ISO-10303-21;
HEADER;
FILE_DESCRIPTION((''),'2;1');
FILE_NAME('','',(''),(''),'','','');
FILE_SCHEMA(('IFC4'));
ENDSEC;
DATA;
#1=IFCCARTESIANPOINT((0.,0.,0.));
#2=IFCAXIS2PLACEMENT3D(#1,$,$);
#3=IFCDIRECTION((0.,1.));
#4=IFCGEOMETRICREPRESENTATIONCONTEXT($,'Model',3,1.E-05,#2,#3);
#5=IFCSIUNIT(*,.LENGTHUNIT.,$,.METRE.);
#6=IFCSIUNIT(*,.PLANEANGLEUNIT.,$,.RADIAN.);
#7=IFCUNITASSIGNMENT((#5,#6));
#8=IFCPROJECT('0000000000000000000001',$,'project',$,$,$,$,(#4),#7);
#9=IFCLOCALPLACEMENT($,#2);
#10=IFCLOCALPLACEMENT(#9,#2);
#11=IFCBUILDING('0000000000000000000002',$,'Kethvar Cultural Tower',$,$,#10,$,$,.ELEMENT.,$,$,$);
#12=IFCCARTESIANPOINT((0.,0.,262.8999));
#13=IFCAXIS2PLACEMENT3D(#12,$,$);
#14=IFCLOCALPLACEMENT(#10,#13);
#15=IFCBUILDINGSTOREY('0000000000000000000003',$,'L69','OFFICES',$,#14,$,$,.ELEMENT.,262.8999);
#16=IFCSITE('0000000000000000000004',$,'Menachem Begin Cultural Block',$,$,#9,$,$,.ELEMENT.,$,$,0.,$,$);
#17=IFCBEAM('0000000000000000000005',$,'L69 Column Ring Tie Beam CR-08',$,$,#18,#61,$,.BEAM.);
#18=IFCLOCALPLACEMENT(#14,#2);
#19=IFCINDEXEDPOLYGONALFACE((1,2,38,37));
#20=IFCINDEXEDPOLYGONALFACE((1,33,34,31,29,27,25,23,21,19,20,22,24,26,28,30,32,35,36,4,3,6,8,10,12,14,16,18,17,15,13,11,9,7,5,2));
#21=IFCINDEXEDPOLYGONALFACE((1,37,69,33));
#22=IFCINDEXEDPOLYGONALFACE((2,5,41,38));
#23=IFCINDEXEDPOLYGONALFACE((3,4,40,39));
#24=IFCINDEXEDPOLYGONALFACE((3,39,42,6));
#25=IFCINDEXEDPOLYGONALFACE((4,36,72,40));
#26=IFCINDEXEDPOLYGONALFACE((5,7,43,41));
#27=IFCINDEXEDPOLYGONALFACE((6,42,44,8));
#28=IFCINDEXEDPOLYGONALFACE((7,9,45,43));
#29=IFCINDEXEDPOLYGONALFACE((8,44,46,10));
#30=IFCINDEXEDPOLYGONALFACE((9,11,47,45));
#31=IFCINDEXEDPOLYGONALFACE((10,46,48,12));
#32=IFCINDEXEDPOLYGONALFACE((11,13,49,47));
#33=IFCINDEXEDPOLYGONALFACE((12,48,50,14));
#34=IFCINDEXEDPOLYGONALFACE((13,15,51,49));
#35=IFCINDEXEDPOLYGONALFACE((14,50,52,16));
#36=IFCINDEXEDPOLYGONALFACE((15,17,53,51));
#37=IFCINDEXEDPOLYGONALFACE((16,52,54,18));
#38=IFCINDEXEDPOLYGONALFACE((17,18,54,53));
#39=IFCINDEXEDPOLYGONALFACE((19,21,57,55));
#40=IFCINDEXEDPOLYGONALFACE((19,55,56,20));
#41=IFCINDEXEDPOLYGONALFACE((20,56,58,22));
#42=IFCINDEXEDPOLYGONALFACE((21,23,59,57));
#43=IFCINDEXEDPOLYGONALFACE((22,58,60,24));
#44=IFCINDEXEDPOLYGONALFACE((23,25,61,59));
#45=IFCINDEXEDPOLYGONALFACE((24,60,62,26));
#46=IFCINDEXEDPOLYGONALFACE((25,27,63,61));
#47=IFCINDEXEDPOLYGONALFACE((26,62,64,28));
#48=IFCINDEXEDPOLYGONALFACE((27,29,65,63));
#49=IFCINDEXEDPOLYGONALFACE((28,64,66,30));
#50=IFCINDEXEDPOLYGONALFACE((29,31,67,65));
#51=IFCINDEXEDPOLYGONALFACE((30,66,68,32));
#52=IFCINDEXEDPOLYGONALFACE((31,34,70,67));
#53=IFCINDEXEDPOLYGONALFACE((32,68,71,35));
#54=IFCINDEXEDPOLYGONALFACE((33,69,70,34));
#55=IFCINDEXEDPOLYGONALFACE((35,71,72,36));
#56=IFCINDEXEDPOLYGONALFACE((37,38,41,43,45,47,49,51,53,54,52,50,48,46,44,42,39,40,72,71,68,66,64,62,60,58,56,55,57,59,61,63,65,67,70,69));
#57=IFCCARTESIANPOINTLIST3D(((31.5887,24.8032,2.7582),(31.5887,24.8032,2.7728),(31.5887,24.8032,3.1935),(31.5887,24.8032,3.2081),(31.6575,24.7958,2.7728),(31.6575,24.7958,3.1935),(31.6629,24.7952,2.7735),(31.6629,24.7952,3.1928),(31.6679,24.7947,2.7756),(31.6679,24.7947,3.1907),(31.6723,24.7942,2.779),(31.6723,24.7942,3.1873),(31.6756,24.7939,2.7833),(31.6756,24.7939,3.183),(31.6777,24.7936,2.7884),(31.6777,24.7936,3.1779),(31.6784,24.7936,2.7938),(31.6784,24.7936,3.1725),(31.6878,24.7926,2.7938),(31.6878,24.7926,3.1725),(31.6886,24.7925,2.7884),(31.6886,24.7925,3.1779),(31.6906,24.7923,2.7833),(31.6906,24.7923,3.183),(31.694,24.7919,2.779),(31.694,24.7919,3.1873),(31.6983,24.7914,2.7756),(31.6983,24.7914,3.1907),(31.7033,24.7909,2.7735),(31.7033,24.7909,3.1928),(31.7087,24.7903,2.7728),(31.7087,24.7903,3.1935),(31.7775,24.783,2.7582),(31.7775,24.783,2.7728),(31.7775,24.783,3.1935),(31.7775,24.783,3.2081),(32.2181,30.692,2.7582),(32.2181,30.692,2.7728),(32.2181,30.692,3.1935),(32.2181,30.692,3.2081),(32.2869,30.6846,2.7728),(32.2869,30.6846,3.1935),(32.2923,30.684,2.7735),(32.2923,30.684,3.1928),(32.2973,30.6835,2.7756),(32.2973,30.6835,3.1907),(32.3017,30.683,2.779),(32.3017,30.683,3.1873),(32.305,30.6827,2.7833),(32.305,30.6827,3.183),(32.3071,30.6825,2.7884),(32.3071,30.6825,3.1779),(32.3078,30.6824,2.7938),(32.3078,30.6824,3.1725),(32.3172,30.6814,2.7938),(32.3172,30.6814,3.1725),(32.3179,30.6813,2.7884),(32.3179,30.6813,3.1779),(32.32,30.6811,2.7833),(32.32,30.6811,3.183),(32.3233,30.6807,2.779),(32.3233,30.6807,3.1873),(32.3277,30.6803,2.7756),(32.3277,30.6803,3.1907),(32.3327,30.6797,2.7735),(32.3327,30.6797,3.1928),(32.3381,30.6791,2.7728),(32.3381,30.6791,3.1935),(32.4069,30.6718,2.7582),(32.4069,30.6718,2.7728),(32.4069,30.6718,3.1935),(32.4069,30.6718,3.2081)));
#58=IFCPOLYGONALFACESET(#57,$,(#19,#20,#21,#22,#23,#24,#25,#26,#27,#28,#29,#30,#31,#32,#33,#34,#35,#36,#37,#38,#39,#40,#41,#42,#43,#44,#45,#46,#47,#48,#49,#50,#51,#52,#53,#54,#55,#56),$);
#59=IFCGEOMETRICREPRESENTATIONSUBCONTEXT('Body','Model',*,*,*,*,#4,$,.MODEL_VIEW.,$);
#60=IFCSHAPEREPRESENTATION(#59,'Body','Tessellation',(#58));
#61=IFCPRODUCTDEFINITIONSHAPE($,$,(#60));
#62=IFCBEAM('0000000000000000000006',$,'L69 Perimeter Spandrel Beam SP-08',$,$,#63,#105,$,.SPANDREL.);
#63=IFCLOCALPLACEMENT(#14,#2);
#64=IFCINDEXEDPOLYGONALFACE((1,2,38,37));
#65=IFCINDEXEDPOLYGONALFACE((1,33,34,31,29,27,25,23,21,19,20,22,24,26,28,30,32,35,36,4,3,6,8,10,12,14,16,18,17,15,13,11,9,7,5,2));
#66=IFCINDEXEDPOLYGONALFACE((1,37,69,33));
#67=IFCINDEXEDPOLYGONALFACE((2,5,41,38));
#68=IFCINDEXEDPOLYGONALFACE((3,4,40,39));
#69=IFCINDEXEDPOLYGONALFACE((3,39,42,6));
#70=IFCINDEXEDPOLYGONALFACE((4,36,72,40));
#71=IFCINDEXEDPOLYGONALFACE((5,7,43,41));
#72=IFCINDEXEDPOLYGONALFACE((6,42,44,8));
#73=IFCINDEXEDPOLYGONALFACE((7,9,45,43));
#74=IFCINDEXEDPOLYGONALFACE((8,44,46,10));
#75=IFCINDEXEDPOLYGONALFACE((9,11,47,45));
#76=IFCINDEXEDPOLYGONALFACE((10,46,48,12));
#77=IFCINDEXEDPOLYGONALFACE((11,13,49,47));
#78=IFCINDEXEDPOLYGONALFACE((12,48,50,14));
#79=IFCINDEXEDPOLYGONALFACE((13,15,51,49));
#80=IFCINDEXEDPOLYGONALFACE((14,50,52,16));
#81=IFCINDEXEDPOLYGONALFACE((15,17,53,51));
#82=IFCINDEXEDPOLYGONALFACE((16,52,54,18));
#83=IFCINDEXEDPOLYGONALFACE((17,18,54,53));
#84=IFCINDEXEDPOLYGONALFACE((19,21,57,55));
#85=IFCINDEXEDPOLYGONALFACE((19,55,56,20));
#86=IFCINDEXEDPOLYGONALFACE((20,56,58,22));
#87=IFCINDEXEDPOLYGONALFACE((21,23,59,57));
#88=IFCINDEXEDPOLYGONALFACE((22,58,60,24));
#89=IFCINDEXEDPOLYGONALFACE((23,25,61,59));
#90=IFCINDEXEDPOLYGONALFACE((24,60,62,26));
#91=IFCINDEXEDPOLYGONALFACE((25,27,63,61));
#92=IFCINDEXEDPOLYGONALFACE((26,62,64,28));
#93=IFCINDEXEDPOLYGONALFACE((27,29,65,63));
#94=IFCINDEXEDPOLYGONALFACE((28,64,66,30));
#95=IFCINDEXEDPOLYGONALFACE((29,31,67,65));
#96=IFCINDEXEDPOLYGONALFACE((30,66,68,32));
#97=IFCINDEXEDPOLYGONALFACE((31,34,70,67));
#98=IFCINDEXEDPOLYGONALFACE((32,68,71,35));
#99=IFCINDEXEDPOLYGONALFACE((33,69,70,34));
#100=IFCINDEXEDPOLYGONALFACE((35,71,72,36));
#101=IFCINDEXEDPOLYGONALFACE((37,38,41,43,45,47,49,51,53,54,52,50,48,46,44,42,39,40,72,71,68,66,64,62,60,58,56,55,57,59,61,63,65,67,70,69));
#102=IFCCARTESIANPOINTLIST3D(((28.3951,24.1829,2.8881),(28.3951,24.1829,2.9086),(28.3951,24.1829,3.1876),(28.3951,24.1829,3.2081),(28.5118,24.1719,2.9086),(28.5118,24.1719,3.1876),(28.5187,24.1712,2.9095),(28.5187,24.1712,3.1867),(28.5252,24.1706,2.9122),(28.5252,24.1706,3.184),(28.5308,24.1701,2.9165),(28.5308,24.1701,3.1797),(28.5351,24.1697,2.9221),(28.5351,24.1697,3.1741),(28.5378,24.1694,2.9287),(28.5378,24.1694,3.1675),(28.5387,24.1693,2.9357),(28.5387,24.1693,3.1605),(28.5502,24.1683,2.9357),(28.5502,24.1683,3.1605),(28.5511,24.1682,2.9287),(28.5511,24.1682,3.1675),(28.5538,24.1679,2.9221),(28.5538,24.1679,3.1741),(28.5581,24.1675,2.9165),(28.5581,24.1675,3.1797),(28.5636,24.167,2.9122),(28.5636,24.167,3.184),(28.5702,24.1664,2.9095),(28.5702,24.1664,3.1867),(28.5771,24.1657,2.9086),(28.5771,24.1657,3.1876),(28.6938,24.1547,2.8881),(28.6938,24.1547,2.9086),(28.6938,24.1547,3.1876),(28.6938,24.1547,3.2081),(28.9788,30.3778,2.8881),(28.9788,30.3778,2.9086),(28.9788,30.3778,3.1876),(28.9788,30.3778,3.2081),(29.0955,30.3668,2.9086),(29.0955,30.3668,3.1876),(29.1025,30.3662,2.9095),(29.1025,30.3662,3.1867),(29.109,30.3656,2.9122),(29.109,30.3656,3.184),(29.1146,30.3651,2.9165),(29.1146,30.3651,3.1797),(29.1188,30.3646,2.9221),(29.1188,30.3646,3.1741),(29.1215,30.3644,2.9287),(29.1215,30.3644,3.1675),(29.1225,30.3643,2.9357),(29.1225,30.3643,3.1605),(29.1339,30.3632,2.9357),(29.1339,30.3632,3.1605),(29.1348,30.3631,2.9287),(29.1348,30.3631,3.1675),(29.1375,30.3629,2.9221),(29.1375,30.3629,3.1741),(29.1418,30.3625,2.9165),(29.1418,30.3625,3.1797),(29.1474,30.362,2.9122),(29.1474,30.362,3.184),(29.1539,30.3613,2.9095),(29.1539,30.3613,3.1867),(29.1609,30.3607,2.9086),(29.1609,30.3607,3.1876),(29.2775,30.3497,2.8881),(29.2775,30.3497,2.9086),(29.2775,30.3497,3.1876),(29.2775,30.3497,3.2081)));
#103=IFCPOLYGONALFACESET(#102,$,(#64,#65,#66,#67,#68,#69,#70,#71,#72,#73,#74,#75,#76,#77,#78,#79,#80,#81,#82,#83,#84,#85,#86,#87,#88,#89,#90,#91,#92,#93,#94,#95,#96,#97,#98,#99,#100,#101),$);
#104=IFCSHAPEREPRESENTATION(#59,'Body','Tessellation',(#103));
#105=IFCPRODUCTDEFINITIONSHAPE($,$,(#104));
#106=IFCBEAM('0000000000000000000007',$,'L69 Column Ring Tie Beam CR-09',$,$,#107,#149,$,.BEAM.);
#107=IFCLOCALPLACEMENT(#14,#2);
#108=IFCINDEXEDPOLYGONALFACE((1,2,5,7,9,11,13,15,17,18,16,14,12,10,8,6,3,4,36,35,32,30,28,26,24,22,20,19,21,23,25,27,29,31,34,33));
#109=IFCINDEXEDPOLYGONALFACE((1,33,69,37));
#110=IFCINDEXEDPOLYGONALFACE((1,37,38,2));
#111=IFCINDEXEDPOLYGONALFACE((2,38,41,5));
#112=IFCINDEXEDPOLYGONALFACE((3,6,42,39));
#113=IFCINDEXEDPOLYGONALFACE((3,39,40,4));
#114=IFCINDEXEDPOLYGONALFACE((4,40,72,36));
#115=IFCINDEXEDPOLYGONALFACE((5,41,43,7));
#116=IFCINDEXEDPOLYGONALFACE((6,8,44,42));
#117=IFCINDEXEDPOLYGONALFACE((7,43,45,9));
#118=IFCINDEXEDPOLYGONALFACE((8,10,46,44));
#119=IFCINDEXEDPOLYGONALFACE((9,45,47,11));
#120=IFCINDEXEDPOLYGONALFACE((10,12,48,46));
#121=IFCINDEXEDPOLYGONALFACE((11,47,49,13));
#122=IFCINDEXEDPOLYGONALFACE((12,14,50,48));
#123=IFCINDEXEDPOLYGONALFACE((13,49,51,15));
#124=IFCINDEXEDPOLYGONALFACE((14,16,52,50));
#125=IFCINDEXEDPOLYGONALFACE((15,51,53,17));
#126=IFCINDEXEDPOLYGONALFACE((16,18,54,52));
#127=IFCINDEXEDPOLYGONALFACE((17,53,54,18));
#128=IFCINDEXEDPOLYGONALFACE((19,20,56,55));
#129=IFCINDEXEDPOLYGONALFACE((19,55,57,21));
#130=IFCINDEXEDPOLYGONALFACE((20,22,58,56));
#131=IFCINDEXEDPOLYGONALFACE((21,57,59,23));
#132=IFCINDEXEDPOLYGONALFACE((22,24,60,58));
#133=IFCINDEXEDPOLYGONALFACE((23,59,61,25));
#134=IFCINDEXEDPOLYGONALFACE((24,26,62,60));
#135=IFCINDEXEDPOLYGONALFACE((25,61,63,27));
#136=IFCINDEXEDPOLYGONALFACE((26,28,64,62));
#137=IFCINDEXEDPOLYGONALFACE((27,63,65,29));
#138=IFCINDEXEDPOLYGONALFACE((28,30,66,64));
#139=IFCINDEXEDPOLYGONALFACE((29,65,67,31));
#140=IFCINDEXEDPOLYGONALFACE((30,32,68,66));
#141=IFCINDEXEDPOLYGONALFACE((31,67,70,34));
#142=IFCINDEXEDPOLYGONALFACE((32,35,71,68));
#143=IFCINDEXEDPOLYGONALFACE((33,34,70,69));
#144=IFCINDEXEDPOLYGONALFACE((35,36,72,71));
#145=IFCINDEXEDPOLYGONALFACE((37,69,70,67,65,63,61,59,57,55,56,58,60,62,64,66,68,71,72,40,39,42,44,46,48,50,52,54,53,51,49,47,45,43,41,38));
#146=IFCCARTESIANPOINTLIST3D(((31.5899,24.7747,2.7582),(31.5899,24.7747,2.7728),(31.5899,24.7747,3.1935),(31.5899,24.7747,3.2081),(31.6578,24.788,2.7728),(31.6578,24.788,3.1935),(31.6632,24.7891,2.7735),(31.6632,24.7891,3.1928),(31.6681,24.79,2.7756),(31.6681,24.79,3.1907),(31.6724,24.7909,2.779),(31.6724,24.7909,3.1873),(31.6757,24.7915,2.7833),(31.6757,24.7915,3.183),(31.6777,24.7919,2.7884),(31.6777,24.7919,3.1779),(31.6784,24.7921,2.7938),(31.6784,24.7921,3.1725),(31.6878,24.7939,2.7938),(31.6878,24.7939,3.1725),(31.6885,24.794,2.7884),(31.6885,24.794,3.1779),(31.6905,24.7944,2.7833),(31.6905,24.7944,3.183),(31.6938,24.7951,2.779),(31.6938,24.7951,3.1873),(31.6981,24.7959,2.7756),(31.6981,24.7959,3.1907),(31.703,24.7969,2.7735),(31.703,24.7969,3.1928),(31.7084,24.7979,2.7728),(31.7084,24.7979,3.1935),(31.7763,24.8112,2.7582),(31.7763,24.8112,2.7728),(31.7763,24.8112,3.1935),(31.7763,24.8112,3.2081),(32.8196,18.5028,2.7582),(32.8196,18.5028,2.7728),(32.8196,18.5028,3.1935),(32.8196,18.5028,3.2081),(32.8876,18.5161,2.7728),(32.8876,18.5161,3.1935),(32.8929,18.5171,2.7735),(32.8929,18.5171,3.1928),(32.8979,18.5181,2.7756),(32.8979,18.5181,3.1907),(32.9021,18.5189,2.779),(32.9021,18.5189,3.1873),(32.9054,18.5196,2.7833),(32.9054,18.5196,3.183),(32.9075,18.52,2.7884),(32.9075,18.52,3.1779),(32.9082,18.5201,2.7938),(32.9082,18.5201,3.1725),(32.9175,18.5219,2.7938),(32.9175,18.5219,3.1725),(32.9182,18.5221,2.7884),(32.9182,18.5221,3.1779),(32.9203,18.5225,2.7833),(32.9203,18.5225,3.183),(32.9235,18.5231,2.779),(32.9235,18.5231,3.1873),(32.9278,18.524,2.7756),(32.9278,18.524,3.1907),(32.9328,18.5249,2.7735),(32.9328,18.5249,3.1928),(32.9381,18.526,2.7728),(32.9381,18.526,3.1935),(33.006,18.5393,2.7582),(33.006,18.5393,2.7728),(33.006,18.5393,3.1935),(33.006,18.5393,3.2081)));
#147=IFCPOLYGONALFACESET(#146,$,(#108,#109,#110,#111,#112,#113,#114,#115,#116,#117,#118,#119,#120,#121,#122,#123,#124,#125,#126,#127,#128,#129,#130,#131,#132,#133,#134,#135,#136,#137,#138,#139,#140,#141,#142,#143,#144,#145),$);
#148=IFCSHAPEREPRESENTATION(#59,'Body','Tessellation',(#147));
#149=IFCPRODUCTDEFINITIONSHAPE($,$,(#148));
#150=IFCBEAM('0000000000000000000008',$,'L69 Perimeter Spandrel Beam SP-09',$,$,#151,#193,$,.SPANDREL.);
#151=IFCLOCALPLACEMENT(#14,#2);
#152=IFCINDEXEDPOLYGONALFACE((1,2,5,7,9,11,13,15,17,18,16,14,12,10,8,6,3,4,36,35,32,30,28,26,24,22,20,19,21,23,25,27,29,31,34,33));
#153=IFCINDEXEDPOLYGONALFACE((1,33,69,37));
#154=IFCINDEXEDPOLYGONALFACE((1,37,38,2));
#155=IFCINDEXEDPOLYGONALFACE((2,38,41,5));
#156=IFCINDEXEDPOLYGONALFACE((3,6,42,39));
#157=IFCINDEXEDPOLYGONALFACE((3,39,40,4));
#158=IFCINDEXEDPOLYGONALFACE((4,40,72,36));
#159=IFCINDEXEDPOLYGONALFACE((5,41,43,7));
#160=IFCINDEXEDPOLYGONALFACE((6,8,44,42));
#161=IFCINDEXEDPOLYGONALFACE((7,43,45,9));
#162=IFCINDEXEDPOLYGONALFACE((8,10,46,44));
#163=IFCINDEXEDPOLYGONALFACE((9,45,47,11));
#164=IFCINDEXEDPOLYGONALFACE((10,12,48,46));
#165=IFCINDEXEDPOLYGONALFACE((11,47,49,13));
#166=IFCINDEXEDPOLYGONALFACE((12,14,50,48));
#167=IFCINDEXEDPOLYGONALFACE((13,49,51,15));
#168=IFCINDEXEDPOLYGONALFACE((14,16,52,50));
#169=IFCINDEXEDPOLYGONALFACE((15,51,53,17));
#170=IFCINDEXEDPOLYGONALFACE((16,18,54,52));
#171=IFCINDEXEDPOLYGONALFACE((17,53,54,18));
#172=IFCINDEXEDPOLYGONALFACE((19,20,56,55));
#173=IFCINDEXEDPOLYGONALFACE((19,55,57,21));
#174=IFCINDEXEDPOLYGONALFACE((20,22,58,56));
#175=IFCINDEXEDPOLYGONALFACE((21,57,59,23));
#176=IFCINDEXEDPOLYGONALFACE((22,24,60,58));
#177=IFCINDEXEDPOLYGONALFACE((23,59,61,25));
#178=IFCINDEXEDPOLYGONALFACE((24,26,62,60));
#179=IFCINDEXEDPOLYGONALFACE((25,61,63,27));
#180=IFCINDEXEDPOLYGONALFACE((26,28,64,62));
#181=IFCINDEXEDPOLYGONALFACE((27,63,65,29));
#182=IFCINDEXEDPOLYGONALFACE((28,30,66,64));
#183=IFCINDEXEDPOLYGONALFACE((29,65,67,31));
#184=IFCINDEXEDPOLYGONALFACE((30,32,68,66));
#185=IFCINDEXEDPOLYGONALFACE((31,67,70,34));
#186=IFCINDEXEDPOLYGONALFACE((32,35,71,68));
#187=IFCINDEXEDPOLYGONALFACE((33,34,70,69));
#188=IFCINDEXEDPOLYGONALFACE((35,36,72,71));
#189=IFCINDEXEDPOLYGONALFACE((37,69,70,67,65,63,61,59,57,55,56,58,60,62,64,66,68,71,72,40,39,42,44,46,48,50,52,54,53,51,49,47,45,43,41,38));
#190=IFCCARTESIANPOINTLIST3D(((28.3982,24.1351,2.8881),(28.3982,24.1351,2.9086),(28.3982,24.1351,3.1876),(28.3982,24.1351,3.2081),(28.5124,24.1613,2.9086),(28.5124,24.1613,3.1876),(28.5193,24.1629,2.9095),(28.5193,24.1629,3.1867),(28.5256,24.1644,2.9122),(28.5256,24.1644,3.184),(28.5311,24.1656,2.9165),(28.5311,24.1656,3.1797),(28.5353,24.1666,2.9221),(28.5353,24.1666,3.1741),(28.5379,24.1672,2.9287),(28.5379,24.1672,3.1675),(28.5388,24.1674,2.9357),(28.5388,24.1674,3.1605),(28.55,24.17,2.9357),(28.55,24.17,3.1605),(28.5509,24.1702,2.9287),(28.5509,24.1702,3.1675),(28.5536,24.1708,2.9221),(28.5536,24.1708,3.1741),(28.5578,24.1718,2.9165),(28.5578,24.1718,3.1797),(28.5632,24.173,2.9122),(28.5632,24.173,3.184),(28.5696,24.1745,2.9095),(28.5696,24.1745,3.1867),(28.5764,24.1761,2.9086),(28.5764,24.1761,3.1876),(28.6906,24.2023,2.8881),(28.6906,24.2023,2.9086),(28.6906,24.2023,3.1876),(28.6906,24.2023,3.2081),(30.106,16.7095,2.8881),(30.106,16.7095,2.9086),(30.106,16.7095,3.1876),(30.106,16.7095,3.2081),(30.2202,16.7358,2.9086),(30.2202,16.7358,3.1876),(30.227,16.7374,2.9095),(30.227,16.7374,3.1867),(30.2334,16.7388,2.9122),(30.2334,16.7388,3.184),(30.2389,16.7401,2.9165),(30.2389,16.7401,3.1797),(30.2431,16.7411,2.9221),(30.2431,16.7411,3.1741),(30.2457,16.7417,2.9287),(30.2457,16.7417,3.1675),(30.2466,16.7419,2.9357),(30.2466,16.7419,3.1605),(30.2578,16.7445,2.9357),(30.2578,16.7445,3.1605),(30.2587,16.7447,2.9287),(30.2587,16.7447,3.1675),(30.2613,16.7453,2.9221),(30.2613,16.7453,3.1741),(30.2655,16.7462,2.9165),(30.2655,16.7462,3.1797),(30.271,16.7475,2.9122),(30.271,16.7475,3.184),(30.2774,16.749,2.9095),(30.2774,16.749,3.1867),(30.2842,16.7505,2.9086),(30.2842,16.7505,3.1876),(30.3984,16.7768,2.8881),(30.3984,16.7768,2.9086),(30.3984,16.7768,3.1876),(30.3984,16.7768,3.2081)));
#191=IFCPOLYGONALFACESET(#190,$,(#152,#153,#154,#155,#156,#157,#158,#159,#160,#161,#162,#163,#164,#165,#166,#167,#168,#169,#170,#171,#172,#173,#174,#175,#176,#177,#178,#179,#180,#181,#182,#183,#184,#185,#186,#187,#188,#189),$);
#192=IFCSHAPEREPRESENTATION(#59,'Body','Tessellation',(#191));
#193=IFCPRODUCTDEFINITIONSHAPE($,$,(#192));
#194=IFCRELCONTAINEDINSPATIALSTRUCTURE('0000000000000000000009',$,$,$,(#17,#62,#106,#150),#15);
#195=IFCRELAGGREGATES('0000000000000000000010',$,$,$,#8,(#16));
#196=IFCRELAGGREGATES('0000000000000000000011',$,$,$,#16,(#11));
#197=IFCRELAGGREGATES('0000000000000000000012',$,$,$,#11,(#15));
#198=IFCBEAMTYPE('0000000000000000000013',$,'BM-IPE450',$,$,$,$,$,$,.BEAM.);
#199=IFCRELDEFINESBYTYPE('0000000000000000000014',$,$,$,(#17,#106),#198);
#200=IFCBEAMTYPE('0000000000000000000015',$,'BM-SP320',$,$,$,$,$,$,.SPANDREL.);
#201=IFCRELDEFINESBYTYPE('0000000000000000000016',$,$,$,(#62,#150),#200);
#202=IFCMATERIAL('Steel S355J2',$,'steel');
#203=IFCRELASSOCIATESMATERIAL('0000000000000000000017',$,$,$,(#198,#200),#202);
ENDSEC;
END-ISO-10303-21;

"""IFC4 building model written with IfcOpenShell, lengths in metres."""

from ifc_helpers import new_model, si_unit, direction, frame, origin, origin_2d, place, context, subcontext, project, spatial, i_section, extrude, source, transform, mapped, material, material_profile, profile_set, type_object, element, save


model = new_model("IFC4")

# Units and contexts
model_context = context("Model", 3, precision=1e-05, world=origin(), true_north=direction((0.0, 1.0)))
body_context = subcontext(model_context, "Body", "Model", "MODEL_VIEW")
ifc_project = project(units=[si_unit("LENGTHUNIT", "METRE"), si_unit("PLANEANGLEUNIT", "RADIAN")], contexts=[model_context])

# Site, building, storey
site_placement = place(None, origin())
site = spatial("IfcSite", under=ifc_project, at=site_placement, Name="Menachem Begin Cultural Block", CompositionType="ELEMENT", RefElevation=0.0)
building_placement = place(site_placement, origin())
building = spatial("IfcBuilding", under=site, at=building_placement, Name="Kethvar Cultural Tower", CompositionType="ELEMENT")
storey_placement = place(building_placement, frame((0.0, 0.0, 262.8999)))
storey = spatial("IfcBuildingStorey", under=building, at=storey_placement, Name="L69", Description="OFFICES", CompositionType="ELEMENT", Elevation=262.8999)

# Beams
ifc_material_1 = material(Name="Steel S355J2", Category="steel")
ifc_material_profile_1 = material_profile(ifc_material_1, i_section(OverallWidth=0.1899, OverallDepth=0.45, WebThickness=0.0095, FlangeThickness=0.0146, FilletRadius=0.021, at=origin_2d()), Name="Steel S355J2 — IPE450")
ifc_profile_set_1 = profile_set([ifc_material_profile_1], Name="Steel S355J2 — IPE450")
beam_type_1 = type_object("IfcBeamType", Name="BM-IPE450", PredefinedType="BEAM", material=ifc_profile_set_1)
shared_shape_1 = source(origin(), body_context, "Body", "SweptSolid", [
    extrude(i_section(OverallWidth=0.1899, OverallDepth=0.45, WebThickness=0.0095, FlangeThickness=0.0146, FilletRadius=0.021, at=origin_2d()), origin(), (0.0, 0.0, 1.0), 5.9224),
])
beam_1_placement = place(storey_placement, frame((32.3125, 30.6819, 2.9832), z_axis=(-0.106273, -0.994337, 0.0), x_axis=(0.994337, -0.106273, 0.0)))
element("IfcBeam", 1, at=beam_1_placement, inside=storey, type_object=beam_type_1, Name="L69 Column Ring Tie Beam CR-08", PredefinedType="BEAM", context=body_context, shape_type="MappedRepresentation", body=[
    mapped(shared_shape_1, transform((0.0, 0.0, 0.0), scale=1.0)),
])
ifc_material_profile_2 = material_profile(ifc_material_1, i_section(OverallWidth=0.3, OverallDepth=0.3201, WebThickness=0.0115, FlangeThickness=0.0205, FilletRadius=0.0271, at=origin_2d()), Name="Steel S355J2 — HEB320")
ifc_profile_set_2 = profile_set([ifc_material_profile_2], Name="Steel S355J2 — HEB320")
beam_type_2 = type_object("IfcBeamType", Name="BM-SP320", PredefinedType="SPANDREL", material=ifc_profile_set_2)
shared_shape_2 = source(origin(), body_context, "Body", "SweptSolid", [
    extrude(i_section(OverallWidth=0.3, OverallDepth=0.3201, WebThickness=0.0115, FlangeThickness=0.0205, FilletRadius=0.0271, at=origin_2d()), origin(), (0.0, 0.0, 1.0), 6.2224),
])
beam_2_placement = place(storey_placement, frame((29.1282, 30.3638, 3.0481), z_axis=(-0.093811, -0.99559, 0.0), x_axis=(0.99559, -0.093811, 0.0)))
element("IfcBeam", 2, at=beam_2_placement, inside=storey, type_object=beam_type_2, Name="L69 Perimeter Spandrel Beam SP-08", PredefinedType="SPANDREL", context=body_context, shape_type="MappedRepresentation", body=[
    mapped(shared_shape_2, transform((0.0, 0.0, 0.0), scale=1.0)),
])
shared_shape_3 = source(origin(), body_context, "Body", "SweptSolid", [
    extrude(i_section(OverallWidth=0.1899, OverallDepth=0.45, WebThickness=0.0095, FlangeThickness=0.0146, FilletRadius=0.021, at=origin_2d()), origin(), (0.0, 0.0, 1.0), 6.3914),
])
beam_3_placement = place(storey_placement, frame((31.6831, 24.793, 2.9832), z_axis=(0.192405, -0.981316, 0.0), x_axis=(0.981316, 0.192405, 0.0)))
element("IfcBeam", 3, at=beam_3_placement, inside=storey, type_object=beam_type_1, Name="L69 Column Ring Tie Beam CR-09", PredefinedType="BEAM", context=body_context, shape_type="MappedRepresentation", body=[
    mapped(shared_shape_3, transform((0.0, 0.0, 0.0), scale=1.0)),
])
shared_shape_4 = source(origin(), body_context, "Body", "SweptSolid", [
    extrude(i_section(OverallWidth=0.3, OverallDepth=0.3201, WebThickness=0.0115, FlangeThickness=0.0205, FilletRadius=0.0271, at=origin_2d()), origin(), (0.0, 0.0, 1.0), 7.6194),
])
beam_4_placement = place(storey_placement, frame((28.5444, 24.1687, 3.0481), z_axis=(0.224134, -0.974558, 0.0), x_axis=(0.974558, 0.224134, 0.0)))
element("IfcBeam", 4, at=beam_4_placement, inside=storey, type_object=beam_type_2, Name="L69 Perimeter Spandrel Beam SP-09", PredefinedType="SPANDREL", context=body_context, shape_type="MappedRepresentation", body=[
    mapped(shared_shape_4, transform((0.0, 0.0, 0.0), scale=1.0)),
])

save(model, "model.ifc")
